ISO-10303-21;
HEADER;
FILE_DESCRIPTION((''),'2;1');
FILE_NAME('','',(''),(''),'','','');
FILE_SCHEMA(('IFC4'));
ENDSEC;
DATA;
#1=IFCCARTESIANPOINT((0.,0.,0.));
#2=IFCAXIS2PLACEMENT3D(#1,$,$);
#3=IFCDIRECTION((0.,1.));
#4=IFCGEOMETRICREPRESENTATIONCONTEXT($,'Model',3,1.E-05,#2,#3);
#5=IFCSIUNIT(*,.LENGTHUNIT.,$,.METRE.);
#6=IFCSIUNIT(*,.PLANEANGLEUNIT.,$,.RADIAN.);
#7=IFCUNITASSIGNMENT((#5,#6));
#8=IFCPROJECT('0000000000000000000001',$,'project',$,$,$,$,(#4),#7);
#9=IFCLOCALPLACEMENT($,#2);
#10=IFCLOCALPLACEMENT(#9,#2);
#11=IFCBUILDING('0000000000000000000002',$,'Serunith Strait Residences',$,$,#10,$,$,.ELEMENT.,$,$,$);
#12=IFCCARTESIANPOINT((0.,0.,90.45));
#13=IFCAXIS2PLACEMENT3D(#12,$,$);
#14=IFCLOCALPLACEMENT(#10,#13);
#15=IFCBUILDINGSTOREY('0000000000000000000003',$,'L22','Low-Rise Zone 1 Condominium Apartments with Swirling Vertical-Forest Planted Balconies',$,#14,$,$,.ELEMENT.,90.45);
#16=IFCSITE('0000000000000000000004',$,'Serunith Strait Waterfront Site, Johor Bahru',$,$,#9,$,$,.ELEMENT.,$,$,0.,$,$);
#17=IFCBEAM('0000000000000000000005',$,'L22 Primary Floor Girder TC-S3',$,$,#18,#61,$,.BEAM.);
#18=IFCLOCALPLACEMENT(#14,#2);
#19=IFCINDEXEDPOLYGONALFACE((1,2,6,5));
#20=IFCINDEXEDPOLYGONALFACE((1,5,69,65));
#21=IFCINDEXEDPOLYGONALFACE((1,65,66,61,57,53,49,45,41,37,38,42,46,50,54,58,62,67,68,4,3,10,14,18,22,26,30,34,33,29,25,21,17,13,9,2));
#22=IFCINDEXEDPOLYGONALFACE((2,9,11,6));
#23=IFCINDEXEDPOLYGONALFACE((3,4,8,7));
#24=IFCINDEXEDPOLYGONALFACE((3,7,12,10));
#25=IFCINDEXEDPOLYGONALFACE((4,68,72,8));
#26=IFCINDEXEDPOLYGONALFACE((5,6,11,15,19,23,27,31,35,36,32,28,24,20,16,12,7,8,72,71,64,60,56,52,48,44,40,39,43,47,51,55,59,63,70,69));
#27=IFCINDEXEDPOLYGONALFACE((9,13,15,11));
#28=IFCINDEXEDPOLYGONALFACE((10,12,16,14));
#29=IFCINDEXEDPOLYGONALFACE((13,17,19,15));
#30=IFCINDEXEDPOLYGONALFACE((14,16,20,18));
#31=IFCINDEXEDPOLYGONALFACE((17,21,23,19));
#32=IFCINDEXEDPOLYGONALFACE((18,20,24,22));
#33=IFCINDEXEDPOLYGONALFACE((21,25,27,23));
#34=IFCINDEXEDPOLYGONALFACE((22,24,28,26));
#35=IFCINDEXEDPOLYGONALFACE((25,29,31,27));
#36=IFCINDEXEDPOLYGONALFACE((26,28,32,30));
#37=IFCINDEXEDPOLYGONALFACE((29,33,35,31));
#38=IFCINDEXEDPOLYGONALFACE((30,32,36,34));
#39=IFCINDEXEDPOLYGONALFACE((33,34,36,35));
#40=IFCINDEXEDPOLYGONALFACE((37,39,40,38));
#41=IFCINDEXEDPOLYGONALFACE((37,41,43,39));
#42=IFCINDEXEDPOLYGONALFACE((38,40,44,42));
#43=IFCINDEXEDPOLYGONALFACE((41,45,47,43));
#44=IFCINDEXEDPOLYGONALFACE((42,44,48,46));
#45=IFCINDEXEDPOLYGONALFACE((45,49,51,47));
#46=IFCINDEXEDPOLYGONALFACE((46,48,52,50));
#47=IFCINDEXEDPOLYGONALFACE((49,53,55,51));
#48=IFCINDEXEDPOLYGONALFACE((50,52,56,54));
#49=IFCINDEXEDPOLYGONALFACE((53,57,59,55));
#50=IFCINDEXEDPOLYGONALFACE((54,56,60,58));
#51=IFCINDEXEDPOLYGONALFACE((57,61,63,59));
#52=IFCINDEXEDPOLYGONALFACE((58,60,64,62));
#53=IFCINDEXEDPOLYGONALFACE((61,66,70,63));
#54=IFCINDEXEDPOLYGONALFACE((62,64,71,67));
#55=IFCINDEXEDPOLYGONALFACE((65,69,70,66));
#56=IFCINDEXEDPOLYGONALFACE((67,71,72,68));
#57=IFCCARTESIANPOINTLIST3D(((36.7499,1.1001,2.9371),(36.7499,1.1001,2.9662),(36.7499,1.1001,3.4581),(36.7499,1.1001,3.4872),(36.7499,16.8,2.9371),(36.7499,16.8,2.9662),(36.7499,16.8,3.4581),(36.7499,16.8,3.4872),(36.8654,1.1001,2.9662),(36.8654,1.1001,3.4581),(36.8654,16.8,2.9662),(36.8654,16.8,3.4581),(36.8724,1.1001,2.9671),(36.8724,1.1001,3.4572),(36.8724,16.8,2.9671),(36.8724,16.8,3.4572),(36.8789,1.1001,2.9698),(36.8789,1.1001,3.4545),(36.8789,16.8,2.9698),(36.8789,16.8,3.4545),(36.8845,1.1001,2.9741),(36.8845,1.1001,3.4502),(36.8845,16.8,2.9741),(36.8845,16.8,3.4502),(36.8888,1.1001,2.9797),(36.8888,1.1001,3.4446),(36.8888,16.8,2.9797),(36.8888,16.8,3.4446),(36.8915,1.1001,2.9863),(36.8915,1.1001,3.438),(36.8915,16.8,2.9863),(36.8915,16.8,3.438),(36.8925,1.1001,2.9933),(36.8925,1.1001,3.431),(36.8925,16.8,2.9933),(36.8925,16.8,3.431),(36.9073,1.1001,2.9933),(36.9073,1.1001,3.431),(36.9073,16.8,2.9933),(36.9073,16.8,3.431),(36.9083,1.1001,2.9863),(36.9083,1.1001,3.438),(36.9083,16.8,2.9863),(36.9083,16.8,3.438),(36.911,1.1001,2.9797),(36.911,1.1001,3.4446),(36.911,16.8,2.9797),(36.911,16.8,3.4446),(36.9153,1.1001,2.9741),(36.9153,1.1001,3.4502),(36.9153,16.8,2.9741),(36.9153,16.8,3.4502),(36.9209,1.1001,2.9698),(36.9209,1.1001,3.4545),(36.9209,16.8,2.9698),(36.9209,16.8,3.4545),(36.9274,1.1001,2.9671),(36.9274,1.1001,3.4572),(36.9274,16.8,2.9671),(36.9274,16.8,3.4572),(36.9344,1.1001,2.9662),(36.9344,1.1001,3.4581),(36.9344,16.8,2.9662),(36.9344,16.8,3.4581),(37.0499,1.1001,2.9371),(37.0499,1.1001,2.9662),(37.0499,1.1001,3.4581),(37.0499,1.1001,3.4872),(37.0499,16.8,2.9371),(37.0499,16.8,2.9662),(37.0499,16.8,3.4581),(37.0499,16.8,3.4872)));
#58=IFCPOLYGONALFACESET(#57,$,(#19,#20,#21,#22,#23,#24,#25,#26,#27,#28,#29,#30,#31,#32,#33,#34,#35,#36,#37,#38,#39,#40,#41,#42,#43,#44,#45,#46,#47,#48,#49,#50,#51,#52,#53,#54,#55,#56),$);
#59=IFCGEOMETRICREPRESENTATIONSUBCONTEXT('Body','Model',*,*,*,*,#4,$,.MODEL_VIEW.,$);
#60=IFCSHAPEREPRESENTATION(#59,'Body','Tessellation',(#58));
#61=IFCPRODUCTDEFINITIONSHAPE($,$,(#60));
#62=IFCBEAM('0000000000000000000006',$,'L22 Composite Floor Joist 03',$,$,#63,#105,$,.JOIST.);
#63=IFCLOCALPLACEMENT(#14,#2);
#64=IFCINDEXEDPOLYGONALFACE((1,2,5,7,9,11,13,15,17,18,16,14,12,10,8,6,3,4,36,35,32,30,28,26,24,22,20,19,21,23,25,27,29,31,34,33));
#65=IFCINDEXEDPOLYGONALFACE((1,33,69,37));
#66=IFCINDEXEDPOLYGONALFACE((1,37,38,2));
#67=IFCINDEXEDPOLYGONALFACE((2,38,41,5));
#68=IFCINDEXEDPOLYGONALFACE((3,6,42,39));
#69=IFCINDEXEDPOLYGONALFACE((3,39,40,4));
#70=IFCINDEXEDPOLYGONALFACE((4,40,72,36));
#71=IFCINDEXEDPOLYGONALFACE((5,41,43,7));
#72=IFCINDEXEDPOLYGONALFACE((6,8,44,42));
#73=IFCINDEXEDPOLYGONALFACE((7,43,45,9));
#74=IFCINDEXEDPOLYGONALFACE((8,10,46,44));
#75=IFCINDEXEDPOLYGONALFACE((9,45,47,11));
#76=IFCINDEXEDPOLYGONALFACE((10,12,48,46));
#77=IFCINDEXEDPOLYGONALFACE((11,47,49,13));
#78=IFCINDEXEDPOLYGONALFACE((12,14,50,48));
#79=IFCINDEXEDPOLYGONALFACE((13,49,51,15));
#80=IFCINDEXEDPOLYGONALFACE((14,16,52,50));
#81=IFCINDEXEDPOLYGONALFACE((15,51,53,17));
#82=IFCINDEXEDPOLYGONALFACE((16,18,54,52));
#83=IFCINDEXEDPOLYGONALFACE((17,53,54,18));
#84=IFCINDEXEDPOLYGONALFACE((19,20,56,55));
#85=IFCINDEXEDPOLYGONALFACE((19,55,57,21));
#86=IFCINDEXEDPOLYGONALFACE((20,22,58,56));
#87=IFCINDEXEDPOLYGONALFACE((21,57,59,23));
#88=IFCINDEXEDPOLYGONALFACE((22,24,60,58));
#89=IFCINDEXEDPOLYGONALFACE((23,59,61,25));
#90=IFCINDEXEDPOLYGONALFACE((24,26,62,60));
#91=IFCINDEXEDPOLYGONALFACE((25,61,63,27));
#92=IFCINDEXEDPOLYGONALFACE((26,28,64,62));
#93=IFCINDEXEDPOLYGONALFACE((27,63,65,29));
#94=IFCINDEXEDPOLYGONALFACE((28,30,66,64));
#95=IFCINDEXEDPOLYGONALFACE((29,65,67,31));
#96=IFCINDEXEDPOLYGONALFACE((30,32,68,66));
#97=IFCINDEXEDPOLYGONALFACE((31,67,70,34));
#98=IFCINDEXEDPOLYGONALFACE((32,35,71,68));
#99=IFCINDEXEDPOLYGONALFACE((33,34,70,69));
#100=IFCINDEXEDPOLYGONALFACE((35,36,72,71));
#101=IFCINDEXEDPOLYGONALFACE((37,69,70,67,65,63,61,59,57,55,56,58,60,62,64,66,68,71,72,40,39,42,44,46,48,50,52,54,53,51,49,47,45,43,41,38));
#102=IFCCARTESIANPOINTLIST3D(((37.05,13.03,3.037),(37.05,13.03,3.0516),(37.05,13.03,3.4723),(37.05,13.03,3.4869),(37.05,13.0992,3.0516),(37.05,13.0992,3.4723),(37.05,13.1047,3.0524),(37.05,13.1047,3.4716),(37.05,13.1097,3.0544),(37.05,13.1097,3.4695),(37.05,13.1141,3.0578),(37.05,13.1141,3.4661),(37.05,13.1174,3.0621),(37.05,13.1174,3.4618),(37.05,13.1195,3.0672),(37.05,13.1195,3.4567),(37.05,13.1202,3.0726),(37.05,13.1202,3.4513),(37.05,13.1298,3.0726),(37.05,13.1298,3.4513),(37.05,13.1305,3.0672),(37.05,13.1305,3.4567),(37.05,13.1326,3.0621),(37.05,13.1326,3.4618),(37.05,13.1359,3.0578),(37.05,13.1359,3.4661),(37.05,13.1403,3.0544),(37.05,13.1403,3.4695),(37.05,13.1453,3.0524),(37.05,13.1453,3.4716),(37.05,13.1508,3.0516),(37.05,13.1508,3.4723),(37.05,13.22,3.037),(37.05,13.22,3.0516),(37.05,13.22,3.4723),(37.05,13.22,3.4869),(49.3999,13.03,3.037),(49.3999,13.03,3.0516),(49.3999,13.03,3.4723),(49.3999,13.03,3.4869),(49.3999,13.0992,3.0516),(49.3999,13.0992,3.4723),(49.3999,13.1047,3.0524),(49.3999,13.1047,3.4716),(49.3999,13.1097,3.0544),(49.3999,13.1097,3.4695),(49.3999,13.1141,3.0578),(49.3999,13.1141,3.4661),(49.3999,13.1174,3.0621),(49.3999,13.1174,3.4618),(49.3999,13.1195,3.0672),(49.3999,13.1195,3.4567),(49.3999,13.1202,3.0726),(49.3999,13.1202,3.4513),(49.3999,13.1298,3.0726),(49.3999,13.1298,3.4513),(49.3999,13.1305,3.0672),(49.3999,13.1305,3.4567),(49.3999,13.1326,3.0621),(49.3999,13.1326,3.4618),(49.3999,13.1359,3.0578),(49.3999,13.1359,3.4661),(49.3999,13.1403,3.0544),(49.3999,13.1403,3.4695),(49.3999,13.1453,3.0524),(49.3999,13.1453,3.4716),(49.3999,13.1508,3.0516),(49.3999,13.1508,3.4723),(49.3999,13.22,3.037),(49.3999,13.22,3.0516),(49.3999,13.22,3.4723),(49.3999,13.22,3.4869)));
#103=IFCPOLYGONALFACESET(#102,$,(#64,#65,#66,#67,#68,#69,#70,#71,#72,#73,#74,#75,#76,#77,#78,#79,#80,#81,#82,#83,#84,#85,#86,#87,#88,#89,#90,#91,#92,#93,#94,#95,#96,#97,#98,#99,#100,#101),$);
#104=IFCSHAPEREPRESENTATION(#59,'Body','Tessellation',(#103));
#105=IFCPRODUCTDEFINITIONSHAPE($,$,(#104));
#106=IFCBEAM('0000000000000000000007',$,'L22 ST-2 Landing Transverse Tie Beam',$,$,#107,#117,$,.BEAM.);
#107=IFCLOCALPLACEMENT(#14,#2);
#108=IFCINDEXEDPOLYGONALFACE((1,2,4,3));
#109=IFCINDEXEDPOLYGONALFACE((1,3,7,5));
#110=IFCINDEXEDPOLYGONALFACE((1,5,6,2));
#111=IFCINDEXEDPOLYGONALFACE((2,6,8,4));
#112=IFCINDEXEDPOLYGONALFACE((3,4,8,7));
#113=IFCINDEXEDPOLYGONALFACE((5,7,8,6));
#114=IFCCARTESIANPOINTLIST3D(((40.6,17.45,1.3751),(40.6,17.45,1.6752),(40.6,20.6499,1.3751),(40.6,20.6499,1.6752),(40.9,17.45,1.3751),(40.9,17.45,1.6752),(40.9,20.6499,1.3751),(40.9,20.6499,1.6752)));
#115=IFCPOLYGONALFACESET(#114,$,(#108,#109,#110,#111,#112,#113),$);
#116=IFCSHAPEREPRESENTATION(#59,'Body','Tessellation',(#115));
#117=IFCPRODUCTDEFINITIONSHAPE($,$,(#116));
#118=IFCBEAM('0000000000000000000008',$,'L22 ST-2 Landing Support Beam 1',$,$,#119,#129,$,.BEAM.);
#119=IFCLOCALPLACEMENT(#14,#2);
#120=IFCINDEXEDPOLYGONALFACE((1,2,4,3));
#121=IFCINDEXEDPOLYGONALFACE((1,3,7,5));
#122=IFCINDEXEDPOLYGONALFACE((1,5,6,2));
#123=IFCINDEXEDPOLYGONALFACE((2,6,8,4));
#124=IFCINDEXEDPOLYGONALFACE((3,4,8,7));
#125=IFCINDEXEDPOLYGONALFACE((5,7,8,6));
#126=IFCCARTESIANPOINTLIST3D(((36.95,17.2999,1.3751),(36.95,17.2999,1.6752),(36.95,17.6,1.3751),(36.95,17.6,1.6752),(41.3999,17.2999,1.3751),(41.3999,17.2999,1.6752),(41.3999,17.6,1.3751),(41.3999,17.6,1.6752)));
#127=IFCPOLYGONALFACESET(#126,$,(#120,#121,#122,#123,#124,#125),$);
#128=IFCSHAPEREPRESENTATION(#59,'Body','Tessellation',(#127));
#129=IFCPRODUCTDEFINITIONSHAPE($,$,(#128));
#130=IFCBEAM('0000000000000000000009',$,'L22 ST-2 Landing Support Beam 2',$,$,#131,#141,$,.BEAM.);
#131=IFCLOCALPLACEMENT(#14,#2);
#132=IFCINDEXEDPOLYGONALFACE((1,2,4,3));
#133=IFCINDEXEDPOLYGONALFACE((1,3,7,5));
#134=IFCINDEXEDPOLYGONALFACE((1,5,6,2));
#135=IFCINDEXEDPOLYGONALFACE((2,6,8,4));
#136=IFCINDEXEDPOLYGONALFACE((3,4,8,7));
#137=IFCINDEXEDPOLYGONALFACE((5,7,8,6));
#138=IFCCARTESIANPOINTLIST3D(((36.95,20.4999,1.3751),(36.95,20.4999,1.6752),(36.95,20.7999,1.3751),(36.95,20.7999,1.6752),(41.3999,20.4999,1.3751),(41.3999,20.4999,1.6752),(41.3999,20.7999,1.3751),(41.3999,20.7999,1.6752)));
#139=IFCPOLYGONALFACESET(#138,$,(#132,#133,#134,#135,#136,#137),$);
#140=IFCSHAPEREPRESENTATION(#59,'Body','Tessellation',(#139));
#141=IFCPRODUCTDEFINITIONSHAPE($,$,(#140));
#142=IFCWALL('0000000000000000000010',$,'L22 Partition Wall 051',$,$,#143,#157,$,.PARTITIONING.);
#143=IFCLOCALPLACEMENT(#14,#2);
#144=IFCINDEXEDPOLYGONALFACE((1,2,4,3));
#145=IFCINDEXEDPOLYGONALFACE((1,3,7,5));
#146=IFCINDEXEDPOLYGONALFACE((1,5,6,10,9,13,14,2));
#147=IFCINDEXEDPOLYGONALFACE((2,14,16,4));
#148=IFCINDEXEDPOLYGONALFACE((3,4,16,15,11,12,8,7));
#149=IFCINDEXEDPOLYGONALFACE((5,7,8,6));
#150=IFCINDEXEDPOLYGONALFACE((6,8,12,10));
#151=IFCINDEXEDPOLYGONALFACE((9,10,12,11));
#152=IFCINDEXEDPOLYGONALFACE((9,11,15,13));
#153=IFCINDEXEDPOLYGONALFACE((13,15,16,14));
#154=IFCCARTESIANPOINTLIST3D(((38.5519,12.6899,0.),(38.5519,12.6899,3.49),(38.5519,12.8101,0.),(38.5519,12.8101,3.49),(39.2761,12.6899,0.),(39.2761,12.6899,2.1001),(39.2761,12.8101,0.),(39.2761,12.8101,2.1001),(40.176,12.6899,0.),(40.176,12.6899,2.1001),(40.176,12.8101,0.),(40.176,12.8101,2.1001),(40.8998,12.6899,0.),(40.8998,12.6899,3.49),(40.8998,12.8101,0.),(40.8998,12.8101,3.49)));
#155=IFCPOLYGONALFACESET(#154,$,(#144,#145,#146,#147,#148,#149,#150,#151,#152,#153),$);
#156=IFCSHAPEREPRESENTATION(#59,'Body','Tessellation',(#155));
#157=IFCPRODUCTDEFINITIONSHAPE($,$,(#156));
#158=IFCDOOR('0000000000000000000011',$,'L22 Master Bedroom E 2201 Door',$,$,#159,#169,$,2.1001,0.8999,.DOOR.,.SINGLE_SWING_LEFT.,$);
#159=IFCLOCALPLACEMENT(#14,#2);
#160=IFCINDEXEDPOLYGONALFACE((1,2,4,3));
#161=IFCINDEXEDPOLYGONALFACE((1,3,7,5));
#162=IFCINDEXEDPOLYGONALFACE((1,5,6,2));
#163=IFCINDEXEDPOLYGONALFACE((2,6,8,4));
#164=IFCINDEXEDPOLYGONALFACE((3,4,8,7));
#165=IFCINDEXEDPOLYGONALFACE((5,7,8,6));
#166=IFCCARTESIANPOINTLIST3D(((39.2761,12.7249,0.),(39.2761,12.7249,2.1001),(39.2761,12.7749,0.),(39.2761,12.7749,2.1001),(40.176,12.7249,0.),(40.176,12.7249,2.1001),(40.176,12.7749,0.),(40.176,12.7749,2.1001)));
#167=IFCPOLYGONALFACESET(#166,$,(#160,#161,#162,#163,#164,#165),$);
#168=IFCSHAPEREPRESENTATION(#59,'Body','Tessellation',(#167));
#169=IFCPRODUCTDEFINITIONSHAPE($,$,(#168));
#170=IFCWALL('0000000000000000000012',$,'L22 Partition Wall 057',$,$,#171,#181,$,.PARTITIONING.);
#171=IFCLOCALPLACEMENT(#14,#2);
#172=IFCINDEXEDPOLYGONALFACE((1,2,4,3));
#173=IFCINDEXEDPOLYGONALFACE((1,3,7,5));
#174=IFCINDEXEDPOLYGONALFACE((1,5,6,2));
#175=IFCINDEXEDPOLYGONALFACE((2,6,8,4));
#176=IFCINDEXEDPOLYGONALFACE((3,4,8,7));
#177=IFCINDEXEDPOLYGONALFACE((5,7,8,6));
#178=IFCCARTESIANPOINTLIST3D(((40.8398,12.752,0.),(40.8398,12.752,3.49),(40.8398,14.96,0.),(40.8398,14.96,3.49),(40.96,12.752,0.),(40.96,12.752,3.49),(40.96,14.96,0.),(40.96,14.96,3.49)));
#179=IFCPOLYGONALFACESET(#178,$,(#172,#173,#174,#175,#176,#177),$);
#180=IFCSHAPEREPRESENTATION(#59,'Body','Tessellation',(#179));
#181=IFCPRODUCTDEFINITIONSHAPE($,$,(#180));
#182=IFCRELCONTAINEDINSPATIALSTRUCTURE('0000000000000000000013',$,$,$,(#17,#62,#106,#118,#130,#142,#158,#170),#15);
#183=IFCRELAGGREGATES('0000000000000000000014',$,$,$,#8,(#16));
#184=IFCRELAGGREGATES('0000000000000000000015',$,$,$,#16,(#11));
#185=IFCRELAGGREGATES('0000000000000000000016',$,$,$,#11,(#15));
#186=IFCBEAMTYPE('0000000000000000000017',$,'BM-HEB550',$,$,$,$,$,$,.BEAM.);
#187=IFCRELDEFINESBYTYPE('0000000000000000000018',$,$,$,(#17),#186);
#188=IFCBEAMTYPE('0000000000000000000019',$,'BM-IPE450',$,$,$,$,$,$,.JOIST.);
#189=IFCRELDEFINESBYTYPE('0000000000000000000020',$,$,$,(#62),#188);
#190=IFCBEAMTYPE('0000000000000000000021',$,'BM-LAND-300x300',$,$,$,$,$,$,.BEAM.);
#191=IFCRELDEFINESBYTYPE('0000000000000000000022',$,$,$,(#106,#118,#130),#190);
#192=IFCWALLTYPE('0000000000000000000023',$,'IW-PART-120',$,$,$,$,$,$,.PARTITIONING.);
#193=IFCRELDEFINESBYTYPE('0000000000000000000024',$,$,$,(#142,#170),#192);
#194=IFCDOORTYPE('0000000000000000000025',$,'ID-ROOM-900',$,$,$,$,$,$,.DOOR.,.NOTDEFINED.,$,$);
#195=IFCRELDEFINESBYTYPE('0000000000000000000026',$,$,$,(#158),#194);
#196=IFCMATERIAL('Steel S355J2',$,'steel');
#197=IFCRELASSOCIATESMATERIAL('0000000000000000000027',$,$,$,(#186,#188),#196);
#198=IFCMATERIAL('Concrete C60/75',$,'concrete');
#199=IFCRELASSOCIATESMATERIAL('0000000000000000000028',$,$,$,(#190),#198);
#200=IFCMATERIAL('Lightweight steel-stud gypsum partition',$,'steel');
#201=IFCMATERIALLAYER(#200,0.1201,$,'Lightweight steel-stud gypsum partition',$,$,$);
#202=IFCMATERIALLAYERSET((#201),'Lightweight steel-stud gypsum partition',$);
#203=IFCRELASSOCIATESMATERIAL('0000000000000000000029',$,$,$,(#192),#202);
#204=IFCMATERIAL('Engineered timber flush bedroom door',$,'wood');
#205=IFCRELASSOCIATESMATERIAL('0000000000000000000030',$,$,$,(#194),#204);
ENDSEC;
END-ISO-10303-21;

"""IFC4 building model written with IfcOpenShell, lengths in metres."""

from ifc_helpers import new_model, si_unit, direction, frame, frame_2d, origin, origin_2d, place, context, subcontext, project, spatial, rectangle, i_section, extrude, source, transform, mapped, material, layer, layer_set, material_profile, profile_set, type_object, element, fill, save


model = new_model("IFC4")

# Units and contexts
model_context = context("Model", 3, precision=1e-05, world=origin(), true_north=direction((0.0, 1.0)))
body_context = subcontext(model_context, "Body", "Model", "MODEL_VIEW")
ifc_project = project(units=[si_unit("LENGTHUNIT", "METRE"), si_unit("PLANEANGLEUNIT", "RADIAN")], contexts=[model_context])

# Site, building, storey
site_placement = place(None, origin())
site = spatial("IfcSite", under=ifc_project, at=site_placement, Name="Serunith Strait Waterfront Site, Johor Bahru", CompositionType="ELEMENT", RefElevation=0.0)
building_placement = place(site_placement, origin())
building = spatial("IfcBuilding", under=site, at=building_placement, Name="Serunith Strait Residences", CompositionType="ELEMENT")
storey_placement = place(building_placement, frame((0.0, 0.0, 90.45)))
storey = spatial("IfcBuildingStorey", under=building, at=storey_placement, Name="L22", Description="Low-Rise Zone 1 Condominium Apartments with Swirling Vertical-Forest Planted Balconies", CompositionType="ELEMENT", Elevation=90.45)

# Beams
ifc_material_1 = material(Name="Steel S355J2", Category="steel")
ifc_material_profile_1 = material_profile(ifc_material_1, i_section(OverallWidth=0.3, OverallDepth=0.55, WebThickness=0.0149, FlangeThickness=0.0291, FilletRadius=0.0271, at=origin_2d()), Name="HEB 550")
ifc_profile_set_1 = profile_set([ifc_material_profile_1], Name="Steel S355J2")
beam_type_1 = type_object("IfcBeamType", Name="BM-HEB550", PredefinedType="BEAM", material=ifc_profile_set_1)
shared_shape_1 = source(origin(), body_context, "Body", "SweptSolid", [
    extrude(i_section(OverallWidth=0.3, OverallDepth=0.55, WebThickness=0.0149, FlangeThickness=0.0291, FilletRadius=0.0271, at=origin_2d()), origin(), (0.0, 0.0, 1.0), 15.7),
])
beam_1_placement = place(storey_placement, frame((36.8999, 16.8, 3.2122), z_axis=(0.0, -1.0, 0.0), x_axis=(1.0, 0.0, 0.0)))
element("IfcBeam", 1, at=beam_1_placement, inside=storey, type_object=beam_type_1, Name="L22 Primary Floor Girder TC-S3", PredefinedType="BEAM", context=body_context, shape_type="MappedRepresentation", body=[
    mapped(shared_shape_1, transform((0.0, 0.0, 0.0), scale=1.0)),
])
ifc_material_profile_2 = material_profile(ifc_material_1, i_section(OverallWidth=0.1899, OverallDepth=0.45, WebThickness=0.0095, FlangeThickness=0.0146, FilletRadius=0.021, at=origin_2d()), Name="IPE 450")
ifc_profile_set_2 = profile_set([ifc_material_profile_2], Name="Steel S355J2")
beam_type_2 = type_object("IfcBeamType", Name="BM-IPE450", PredefinedType="JOIST", material=ifc_profile_set_2)
shared_shape_2 = source(origin(), body_context, "Body", "SweptSolid", [
    extrude(i_section(OverallWidth=0.1899, OverallDepth=0.45, WebThickness=0.0095, FlangeThickness=0.0146, FilletRadius=0.021, at=origin_2d()), origin(), (0.0, 0.0, 1.0), 12.3499),
])
beam_2_placement = place(storey_placement, frame((37.05, 13.125, 3.262), z_axis=(1.0, 0.0, 0.0), x_axis=(0.0, 1.0, 0.0)))
element("IfcBeam", 2, at=beam_2_placement, inside=storey, type_object=beam_type_2, Name="L22 Composite Floor Joist 03", PredefinedType="JOIST", context=body_context, shape_type="MappedRepresentation", body=[
    mapped(shared_shape_2, transform((0.0, 0.0, 0.0), scale=1.0)),
])
ifc_material_2 = material(Name="Concrete C60/75", Category="concrete")
ifc_material_profile_3 = material_profile(ifc_material_2, rectangle(XDim=0.3, YDim=0.3, at=origin_2d()), Name="RC 300x300")
ifc_profile_set_3 = profile_set([ifc_material_profile_3], Name="Concrete C60/75")
beam_type_3 = type_object("IfcBeamType", Name="BM-LAND-300x300", PredefinedType="BEAM", material=ifc_profile_set_3)
shared_shape_3 = source(origin(), body_context, "Body", "SweptSolid", [
    extrude(rectangle(XDim=0.3, YDim=0.3, at=origin_2d()), origin(), (0.0, 0.0, 1.0), 3.2),
])
beam_3_placement = place(storey_placement, frame((40.75, 17.45, 1.5251), z_axis=(0.0, 1.0, 0.0), x_axis=(-1.0, 0.0, 0.0)))
element("IfcBeam", 3, at=beam_3_placement, inside=storey, type_object=beam_type_3, Name="L22 ST-2 Landing Transverse Tie Beam", PredefinedType="BEAM", context=body_context, shape_type="MappedRepresentation", body=[
    mapped(shared_shape_3, transform((0.0, 0.0, 0.0), scale=1.0)),
])
shared_shape_4 = source(origin(), body_context, "Body", "SweptSolid", [
    extrude(rectangle(XDim=0.3, YDim=0.3, at=origin_2d()), origin(), (0.0, 0.0, 1.0), 4.45),
])
for number, where, z_axis, x_axis, name in (
    (4, (36.95, 17.45, 1.5251), (1.0, 0.0, 0.0), (0.0, 1.0, 0.0), "L22 ST-2 Landing Support Beam 1"),
    (5, (36.95, 20.6499, 1.5251), (1.0, 0.0, 0.0), (0.0, 1.0, 0.0), "L22 ST-2 Landing Support Beam 2"),
):
    element("IfcBeam", number, at=place(storey_placement, frame(where, z_axis=z_axis, x_axis=x_axis)), inside=storey, type_object=beam_type_3, Name=name, PredefinedType="BEAM", context=body_context, shape_type="MappedRepresentation", body=[
        mapped(shared_shape_4, transform((0.0, 0.0, 0.0), scale=1.0)),
    ])

# Wall, opening, door
ifc_material_3 = material(Name="Lightweight steel-stud gypsum partition", Category="steel")
ifc_layer_1 = layer(ifc_material_3, 0.1201, Name="Lightweight steel-stud gypsum partition")
ifc_layer_set_1 = layer_set([ifc_layer_1], Name="Lightweight steel-stud gypsum partition")
wall_type_1 = type_object("IfcWallType", Name="IW-PART-120", PredefinedType="PARTITIONING", material=ifc_layer_set_1)
wall_1_placement = place(storey_placement, frame((38.552, 12.75, 0.0), z_axis=(0.0, 0.0, 1.0), x_axis=(1.0, 0.0, 0.0)))
wall_1 = element("IfcWall", 6, at=wall_1_placement, inside=storey, type_object=wall_type_1, Name="L22 Partition Wall 051", PredefinedType="PARTITIONING", context=body_context, shape_type="SweptSolid", body=[
    extrude(rectangle(XDim=2.3479, YDim=0.1201, at=frame_2d((1.1738, 0.0))), origin(), (0.0, 0.0, 1.0), 3.49),
])
opening_1_placement = place(wall_1_placement, frame((0.7241, 0.0, 0.0)))
opening_1 = element("IfcOpeningElement", 7, at=opening_1_placement, cuts=wall_1, PredefinedType="OPENING", context=body_context, shape_type="SweptSolid", body=[
    extrude(rectangle(XDim=0.8999, YDim=2.1001, at=frame_2d((0.45, 1.05))), frame((0.0, 0.0701, 0.0), z_axis=(0.0, -1.0, 0.0), x_axis=(1.0, 0.0, 0.0)), (0.0, 0.0, 1.0), 0.1401),
])
ifc_material_4 = material(Name="Engineered timber flush bedroom door", Category="wood")
door_type_1 = type_object("IfcDoorType", Name="ID-ROOM-900", OperationType="NOTDEFINED", PredefinedType="DOOR", material=ifc_material_4)
shared_shape_5 = source(origin(), body_context, "Body", "SweptSolid", [
    extrude(rectangle(XDim=0.8999, YDim=2.1001, at=frame_2d((0.45, 1.05))), frame((0.0, 0.0249, 0.0), z_axis=(0.0, -1.0, 0.0), x_axis=(1.0, 0.0, 0.0)), (0.0, 0.0, 1.0), 0.05),
])
door_1_placement = place(opening_1_placement, origin())
door_1 = element("IfcDoor", 8, at=door_1_placement, inside=storey, type_object=door_type_1, Name="L22 Master Bedroom E 2201 Door", OperationType="SINGLE_SWING_LEFT", OverallHeight=2.1001, OverallWidth=0.8999, PredefinedType="DOOR", context=body_context, shape_type="MappedRepresentation", body=[
    mapped(shared_shape_5, transform((0.0, 0.0, 0.0), scale=1.0)),
])
fill(opening_1, door_1)

# Wall
wall_2_placement = place(storey_placement, frame((40.8999, 12.752, 0.0), z_axis=(0.0, 0.0, 1.0), x_axis=(0.0, 1.0, 0.0)))
element("IfcWall", 9, at=wall_2_placement, inside=storey, type_object=wall_type_1, Name="L22 Partition Wall 057", PredefinedType="PARTITIONING", context=body_context, shape_type="SweptSolid", body=[
    extrude(rectangle(XDim=2.208, YDim=0.1201, at=frame_2d((1.104, 0.0))), origin(), (0.0, 0.0, 1.0), 3.49),
])

save(model, "model.ifc")
